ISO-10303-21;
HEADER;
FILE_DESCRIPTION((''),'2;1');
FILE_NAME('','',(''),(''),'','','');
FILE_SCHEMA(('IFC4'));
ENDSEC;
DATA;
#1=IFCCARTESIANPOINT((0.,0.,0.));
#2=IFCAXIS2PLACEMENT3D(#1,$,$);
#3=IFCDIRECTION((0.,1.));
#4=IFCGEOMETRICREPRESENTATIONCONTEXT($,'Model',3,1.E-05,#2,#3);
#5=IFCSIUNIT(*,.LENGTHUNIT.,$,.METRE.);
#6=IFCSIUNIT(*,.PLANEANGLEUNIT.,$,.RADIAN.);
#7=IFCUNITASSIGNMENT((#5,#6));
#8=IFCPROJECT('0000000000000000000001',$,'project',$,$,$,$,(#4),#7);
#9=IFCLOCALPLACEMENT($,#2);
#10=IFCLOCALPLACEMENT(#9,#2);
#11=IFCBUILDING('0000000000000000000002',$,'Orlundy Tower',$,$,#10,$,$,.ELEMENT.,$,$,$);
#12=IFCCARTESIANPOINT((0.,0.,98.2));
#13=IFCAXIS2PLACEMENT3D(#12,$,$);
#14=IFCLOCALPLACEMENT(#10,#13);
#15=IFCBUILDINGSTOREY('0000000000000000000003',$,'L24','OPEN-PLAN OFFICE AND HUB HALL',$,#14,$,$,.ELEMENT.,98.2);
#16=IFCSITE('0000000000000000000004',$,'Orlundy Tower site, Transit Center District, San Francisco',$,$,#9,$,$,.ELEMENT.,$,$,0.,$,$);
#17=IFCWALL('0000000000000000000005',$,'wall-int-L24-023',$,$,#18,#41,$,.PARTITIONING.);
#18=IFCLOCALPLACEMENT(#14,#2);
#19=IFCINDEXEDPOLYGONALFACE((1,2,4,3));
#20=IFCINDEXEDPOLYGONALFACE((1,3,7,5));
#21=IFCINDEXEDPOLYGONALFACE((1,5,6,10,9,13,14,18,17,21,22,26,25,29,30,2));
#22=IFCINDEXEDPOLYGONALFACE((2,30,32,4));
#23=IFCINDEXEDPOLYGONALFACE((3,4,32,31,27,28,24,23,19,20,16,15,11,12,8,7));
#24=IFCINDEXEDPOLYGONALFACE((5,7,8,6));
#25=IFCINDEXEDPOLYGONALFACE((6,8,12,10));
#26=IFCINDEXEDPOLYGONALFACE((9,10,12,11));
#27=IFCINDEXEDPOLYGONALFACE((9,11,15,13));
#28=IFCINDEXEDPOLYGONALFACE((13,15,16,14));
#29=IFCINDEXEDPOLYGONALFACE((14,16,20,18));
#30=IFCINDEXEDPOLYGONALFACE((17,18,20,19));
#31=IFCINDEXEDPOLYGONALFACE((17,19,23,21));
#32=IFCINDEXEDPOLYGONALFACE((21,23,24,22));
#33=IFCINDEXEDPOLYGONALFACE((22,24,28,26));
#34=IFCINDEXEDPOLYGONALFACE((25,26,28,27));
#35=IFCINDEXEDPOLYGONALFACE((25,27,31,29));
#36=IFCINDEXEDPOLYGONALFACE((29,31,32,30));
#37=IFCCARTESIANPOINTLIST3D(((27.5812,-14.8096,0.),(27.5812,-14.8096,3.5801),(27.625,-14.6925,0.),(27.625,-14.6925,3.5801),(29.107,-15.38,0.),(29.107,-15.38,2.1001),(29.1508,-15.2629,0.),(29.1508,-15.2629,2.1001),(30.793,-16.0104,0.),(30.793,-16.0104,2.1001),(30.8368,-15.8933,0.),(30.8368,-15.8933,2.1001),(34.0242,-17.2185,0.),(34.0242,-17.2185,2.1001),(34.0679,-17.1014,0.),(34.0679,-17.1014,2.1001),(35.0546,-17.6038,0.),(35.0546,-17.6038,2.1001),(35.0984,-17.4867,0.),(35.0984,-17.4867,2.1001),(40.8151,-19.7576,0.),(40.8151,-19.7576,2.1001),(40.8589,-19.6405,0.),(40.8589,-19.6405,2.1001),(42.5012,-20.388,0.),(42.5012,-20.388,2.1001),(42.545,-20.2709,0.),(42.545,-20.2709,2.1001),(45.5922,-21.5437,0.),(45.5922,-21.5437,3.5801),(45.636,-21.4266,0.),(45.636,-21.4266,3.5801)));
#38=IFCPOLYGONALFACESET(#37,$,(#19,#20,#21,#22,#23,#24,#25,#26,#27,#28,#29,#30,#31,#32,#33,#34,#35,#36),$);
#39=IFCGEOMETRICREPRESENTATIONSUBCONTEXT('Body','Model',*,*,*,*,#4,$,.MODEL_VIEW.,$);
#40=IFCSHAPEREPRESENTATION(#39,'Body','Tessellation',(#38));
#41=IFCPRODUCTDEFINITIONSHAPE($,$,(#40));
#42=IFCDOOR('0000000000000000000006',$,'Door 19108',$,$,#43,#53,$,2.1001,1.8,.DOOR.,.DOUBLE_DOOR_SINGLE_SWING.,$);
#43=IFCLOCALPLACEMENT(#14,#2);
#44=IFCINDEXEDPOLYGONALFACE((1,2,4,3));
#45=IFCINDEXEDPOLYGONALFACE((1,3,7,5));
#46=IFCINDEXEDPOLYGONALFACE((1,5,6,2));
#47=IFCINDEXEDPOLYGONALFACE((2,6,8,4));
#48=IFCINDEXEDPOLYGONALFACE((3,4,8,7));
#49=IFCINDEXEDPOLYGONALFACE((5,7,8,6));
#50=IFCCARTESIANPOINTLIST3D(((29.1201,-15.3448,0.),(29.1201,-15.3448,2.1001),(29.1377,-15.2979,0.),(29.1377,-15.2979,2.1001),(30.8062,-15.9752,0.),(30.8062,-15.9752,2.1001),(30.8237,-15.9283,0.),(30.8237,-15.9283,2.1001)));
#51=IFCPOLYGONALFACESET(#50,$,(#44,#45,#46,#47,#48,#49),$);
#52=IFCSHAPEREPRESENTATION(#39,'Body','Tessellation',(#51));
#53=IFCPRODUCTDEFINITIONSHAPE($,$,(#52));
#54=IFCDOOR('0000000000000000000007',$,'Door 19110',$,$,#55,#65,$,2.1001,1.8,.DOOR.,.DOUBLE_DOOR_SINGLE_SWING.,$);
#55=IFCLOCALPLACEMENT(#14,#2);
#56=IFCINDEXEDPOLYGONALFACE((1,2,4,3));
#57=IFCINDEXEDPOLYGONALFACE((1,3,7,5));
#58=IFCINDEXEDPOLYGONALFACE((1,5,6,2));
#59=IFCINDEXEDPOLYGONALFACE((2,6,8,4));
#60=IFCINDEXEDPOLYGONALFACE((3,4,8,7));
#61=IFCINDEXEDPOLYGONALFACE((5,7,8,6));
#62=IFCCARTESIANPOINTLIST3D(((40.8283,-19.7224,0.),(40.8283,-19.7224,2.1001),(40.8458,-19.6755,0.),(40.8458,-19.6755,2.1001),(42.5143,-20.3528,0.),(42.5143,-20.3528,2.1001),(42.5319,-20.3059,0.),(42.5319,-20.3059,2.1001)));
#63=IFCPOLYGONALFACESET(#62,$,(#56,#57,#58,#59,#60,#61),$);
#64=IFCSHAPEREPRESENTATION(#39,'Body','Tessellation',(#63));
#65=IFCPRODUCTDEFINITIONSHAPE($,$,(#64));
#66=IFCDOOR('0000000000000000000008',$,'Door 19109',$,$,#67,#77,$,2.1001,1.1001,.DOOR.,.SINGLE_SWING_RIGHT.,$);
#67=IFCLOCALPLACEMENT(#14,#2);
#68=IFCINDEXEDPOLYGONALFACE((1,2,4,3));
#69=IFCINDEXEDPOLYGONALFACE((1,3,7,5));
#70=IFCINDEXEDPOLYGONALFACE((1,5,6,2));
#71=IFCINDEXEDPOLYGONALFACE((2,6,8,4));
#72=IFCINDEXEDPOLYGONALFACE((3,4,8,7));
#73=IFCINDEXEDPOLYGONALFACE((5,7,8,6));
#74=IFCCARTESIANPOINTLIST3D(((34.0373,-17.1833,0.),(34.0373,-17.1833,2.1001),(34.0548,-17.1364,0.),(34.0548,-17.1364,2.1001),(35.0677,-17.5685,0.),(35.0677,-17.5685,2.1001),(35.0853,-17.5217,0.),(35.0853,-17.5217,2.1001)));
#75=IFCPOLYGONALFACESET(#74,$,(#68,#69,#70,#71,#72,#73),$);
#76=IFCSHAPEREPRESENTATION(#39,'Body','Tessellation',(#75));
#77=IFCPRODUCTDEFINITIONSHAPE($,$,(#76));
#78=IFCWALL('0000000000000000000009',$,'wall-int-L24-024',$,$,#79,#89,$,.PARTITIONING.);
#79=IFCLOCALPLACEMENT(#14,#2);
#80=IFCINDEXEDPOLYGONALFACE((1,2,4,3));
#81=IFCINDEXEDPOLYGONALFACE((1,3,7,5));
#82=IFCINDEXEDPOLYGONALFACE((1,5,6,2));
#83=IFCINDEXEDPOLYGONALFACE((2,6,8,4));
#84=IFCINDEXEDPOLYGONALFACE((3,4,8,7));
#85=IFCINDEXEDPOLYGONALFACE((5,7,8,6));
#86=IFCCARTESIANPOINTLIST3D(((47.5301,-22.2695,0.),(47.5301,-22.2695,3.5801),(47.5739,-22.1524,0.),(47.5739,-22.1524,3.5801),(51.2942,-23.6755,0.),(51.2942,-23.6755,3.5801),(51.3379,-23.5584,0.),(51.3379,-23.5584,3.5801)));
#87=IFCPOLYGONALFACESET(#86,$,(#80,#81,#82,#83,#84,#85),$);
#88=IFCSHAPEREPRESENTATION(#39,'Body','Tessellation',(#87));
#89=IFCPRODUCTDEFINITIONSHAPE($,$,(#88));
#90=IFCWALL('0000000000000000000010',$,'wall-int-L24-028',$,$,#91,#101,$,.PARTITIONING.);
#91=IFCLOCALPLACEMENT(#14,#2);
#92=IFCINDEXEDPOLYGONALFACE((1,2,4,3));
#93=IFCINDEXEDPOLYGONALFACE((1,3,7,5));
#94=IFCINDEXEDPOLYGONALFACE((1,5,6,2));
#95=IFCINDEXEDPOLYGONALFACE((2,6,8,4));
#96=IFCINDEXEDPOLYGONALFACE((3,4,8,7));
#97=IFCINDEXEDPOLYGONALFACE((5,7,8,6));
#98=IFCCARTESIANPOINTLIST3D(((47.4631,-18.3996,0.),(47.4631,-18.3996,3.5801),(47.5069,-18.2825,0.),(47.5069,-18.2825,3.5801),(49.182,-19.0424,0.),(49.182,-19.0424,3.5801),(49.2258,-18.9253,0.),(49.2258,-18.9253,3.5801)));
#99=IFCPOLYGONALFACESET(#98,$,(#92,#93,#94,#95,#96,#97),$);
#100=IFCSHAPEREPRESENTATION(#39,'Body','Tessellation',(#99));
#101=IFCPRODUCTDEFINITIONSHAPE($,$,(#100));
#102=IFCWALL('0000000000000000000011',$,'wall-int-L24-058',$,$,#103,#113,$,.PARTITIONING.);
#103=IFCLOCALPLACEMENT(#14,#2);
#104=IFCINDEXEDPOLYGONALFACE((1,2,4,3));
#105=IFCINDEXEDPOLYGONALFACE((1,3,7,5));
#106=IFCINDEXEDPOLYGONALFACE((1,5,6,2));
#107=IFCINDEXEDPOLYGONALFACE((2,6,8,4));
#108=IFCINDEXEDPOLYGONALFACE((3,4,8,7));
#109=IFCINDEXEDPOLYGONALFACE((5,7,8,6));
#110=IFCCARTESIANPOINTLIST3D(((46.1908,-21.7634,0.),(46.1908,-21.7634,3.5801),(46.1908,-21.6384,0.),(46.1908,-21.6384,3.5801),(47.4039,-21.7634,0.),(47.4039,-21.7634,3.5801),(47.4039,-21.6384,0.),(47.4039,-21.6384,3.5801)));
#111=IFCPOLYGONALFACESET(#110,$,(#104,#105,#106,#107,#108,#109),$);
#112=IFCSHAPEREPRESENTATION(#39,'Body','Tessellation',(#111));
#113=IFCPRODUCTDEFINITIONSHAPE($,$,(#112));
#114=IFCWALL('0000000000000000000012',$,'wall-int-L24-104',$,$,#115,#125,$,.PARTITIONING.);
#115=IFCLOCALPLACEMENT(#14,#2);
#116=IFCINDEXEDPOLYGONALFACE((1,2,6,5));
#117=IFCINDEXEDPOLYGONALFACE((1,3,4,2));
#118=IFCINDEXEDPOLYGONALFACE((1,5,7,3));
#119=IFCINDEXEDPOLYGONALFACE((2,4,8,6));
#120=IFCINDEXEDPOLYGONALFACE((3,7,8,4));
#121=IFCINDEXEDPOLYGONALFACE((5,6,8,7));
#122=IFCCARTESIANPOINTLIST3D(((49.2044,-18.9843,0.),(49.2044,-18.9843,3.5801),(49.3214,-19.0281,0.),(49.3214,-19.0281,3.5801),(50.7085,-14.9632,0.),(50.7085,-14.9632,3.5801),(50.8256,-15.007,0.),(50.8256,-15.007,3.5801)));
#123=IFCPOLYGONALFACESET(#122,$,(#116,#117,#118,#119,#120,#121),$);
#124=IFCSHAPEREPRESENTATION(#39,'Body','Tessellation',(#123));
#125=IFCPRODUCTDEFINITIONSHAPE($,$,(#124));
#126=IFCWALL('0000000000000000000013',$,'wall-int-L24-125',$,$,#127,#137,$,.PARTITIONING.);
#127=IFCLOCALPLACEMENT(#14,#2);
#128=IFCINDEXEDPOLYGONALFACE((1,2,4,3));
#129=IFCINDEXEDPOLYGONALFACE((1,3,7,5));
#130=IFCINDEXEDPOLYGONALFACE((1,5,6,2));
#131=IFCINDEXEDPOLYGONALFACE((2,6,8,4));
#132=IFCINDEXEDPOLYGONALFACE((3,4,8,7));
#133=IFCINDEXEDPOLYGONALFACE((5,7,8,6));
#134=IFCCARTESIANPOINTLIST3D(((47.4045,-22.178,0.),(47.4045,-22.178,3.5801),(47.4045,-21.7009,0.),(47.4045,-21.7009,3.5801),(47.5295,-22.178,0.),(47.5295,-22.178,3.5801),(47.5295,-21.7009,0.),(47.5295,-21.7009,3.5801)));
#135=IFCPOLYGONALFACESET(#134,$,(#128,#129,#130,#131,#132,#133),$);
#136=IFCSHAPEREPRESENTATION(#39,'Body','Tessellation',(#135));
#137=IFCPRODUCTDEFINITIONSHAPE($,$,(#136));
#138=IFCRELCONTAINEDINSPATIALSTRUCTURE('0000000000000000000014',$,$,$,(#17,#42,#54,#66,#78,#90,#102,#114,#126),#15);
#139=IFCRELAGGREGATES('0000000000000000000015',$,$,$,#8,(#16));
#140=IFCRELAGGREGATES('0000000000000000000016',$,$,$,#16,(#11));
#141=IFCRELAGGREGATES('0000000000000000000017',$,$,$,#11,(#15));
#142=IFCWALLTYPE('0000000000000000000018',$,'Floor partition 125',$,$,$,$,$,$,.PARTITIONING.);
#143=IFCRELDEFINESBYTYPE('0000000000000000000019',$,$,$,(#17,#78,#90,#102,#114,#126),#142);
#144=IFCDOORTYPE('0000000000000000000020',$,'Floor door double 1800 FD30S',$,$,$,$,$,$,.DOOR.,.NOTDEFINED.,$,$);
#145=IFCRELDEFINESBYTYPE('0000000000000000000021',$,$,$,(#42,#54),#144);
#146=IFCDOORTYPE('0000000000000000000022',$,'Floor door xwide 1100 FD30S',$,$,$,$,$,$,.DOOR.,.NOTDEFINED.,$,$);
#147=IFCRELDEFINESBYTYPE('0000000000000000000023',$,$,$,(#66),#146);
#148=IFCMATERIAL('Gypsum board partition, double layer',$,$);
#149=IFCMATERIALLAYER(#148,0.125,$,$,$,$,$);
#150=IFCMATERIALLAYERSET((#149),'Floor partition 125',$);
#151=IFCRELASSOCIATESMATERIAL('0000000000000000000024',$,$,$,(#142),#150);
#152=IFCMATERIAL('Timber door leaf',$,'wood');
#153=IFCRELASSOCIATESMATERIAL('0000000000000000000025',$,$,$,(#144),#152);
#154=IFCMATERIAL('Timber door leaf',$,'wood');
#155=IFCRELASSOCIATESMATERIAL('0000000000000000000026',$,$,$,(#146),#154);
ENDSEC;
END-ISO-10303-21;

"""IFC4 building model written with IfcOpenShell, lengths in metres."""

from ifc_helpers import new_model, si_unit, direction, frame, frame_2d, origin, place, context, subcontext, project, spatial, rectangle, extrude, material, layer, layer_set, type_object, element, fill, save


model = new_model("IFC4")

# Units and contexts
model_context = context("Model", 3, precision=1e-05, world=origin(), true_north=direction((0.0, 1.0)))
body_context = subcontext(model_context, "Body", "Model", "MODEL_VIEW")
ifc_project = project(units=[si_unit("LENGTHUNIT", "METRE"), si_unit("PLANEANGLEUNIT", "RADIAN")], contexts=[model_context])

# Site, building, storey
site_placement = place(None, origin())
site = spatial("IfcSite", under=ifc_project, at=site_placement, Name="Orlundy Tower site, Transit Center District, San Francisco", CompositionType="ELEMENT", RefElevation=0.0)
building_placement = place(site_placement, origin())
building = spatial("IfcBuilding", under=site, at=building_placement, Name="Orlundy Tower", CompositionType="ELEMENT")
storey_placement = place(building_placement, frame((0.0, 0.0, 98.2)))
storey = spatial("IfcBuildingStorey", under=building, at=storey_placement, Name="L24", Description="OPEN-PLAN OFFICE AND HUB HALL", CompositionType="ELEMENT", Elevation=98.2)

# Shared definitions
ifc_material_1 = material(Name="Gypsum board partition, double layer")
ifc_layer_1 = layer(ifc_material_1, 0.125)
ifc_layer_set_1 = layer_set([ifc_layer_1], Name="Floor partition 125")
wall_type_1 = type_object("IfcWallType", Name="Floor partition 125", PredefinedType="PARTITIONING", material=ifc_layer_set_1)

# Wall, openings, doors
wall_1_placement = place(storey_placement, frame((45.614, -21.4851, 0.0), z_axis=(0.0, 0.0, 1.0), x_axis=(-0.936671, 0.350212, 0.0)))
wall_1 = element("IfcWall", 1, at=wall_1_placement, inside=storey, type_object=wall_type_1, Name="wall-int-L24-023", PredefinedType="PARTITIONING", context=body_context, shape_type="SweptSolid", body=[
    extrude(rectangle(XDim=19.2288, YDim=0.125, at=frame_2d((9.6143, 0.0))), origin(), (0.0, 0.0, 1.0), 3.5801),
])
opening_1_placement = place(wall_1_placement, frame((15.7998, 0.0, 0.0)))
opening_1 = element("IfcOpeningElement", 2, at=opening_1_placement, cuts=wall_1, PredefinedType="OPENING", context=body_context, shape_type="SweptSolid", body=[
    extrude(rectangle(XDim=1.8, YDim=2.1001, at=frame_2d((0.8999, 1.05))), frame((0.0, 0.0725, 0.0), z_axis=(0.0, -1.0, 0.0), x_axis=(1.0, 0.0, 0.0)), (0.0, 0.0, 1.0), 0.145),
])
opening_2_placement = place(wall_1_placement, frame((11.25, 0.0, 0.0)))
opening_2 = element("IfcOpeningElement", 3, at=opening_2_placement, cuts=wall_1, PredefinedType="OPENING", context=body_context, shape_type="SweptSolid", body=[
    extrude(rectangle(XDim=1.1001, YDim=2.1001, at=frame_2d((0.55, 1.05))), frame((0.0, 0.0725, 0.0), z_axis=(0.0, -1.0, 0.0), x_axis=(1.0, 0.0, 0.0)), (0.0, 0.0, 1.0), 0.145),
])
opening_3_placement = place(wall_1_placement, frame((3.3, 0.0, 0.0)))
opening_3 = element("IfcOpeningElement", 4, at=opening_3_placement, cuts=wall_1, PredefinedType="OPENING", context=body_context, shape_type="SweptSolid", body=[
    extrude(rectangle(XDim=1.8, YDim=2.1001, at=frame_2d((0.8999, 1.05))), frame((0.0, 0.0725, 0.0), z_axis=(0.0, -1.0, 0.0), x_axis=(1.0, 0.0, 0.0)), (0.0, 0.0, 1.0), 0.145),
])
ifc_material_2 = material(Name="Timber door leaf", Category="wood")
door_type_1 = type_object("IfcDoorType", Name="Floor door double 1800 FD30S", OperationType="NOTDEFINED", PredefinedType="DOOR", material=ifc_material_2)
door_1_placement = place(opening_1_placement, origin())
door_1 = element("IfcDoor", 5, at=door_1_placement, inside=storey, type_object=door_type_1, Name="Door 19108", OperationType="DOUBLE_DOOR_SINGLE_SWING", OverallHeight=2.1001, OverallWidth=1.8, PredefinedType="DOOR", context=body_context, shape_type="SweptSolid", body=[
    extrude(rectangle(XDim=1.8, YDim=2.1001, at=frame_2d((0.8999, 1.05))), frame((0.0, 0.0249, 0.0), z_axis=(0.0, -1.0, 0.0), x_axis=(1.0, 0.0, 0.0)), (0.0, 0.0, 1.0), 0.05),
])
fill(opening_1, door_1)
door_2_placement = place(opening_3_placement, origin())
door_2 = element("IfcDoor", 6, at=door_2_placement, inside=storey, type_object=door_type_1, Name="Door 19110", OperationType="DOUBLE_DOOR_SINGLE_SWING", OverallHeight=2.1001, OverallWidth=1.8, PredefinedType="DOOR", context=body_context, shape_type="SweptSolid", body=[
    extrude(rectangle(XDim=1.8, YDim=2.1001, at=frame_2d((0.8999, 1.05))), frame((0.0, 0.0249, 0.0), z_axis=(0.0, -1.0, 0.0), x_axis=(1.0, 0.0, 0.0)), (0.0, 0.0, 1.0), 0.05),
])
fill(opening_3, door_2)
ifc_material_3 = material(Name="Timber door leaf", Category="wood")
door_type_2 = type_object("IfcDoorType", Name="Floor door xwide 1100 FD30S", OperationType="NOTDEFINED", PredefinedType="DOOR", material=ifc_material_3)
door_3_placement = place(opening_2_placement, origin())
door_3 = element("IfcDoor", 7, at=door_3_placement, inside=storey, type_object=door_type_2, Name="Door 19109", OperationType="SINGLE_SWING_RIGHT", OverallHeight=2.1001, OverallWidth=1.1001, PredefinedType="DOOR", context=body_context, shape_type="SweptSolid", body=[
    extrude(rectangle(XDim=1.1001, YDim=2.1001, at=frame_2d((0.55, 1.05))), frame((0.0, 0.0249, 0.0), z_axis=(0.0, -1.0, 0.0), x_axis=(1.0, 0.0, 0.0)), (0.0, 0.0, 1.0), 0.05),
])
fill(opening_2, door_3)

# Walls
wall_2_placement = place(storey_placement, frame((47.552, -22.2109, 0.0), z_axis=(0.0, 0.0, 1.0), x_axis=(0.936775, -0.349931, 0.0)))
element("IfcWall", 8, at=wall_2_placement, inside=storey, type_object=wall_type_1, Name="wall-int-L24-024", PredefinedType="PARTITIONING", context=body_context, shape_type="SweptSolid", body=[
    extrude(rectangle(XDim=4.0181, YDim=0.125, at=frame_2d((2.009, 0.0))), origin(), (0.0, 0.0, 1.0), 3.5801),
])
wall_3_placement = place(storey_placement, frame((47.4851, -18.3411, 0.0), z_axis=(0.0, 0.0, 1.0), x_axis=(0.936651, -0.350263, 0.0)))
element("IfcWall", 9, at=wall_3_placement, inside=storey, type_object=wall_type_1, Name="wall-int-L24-028", PredefinedType="PARTITIONING", context=body_context, shape_type="SweptSolid", body=[
    extrude(rectangle(XDim=1.8352, YDim=0.125, at=frame_2d((0.9175, 0.0))), origin(), (0.0, 0.0, 1.0), 3.5801),
])
wall_4_placement = place(storey_placement, frame((46.1909, -21.7009, 0.0), z_axis=(0.0, 0.0, 1.0), x_axis=(1.0, 0.0, 0.0)))
element("IfcWall", 10, at=wall_4_placement, inside=storey, type_object=wall_type_1, Name="wall-int-L24-058", PredefinedType="PARTITIONING", context=body_context, shape_type="SweptSolid", body=[
    extrude(rectangle(XDim=1.2131, YDim=0.125, at=frame_2d((0.6064, 0.0))), origin(), (0.0, 0.0, 1.0), 3.5801),
])
wall_5_placement = place(storey_placement, frame((49.2629, -19.0061, 0.0), z_axis=(0.0, 0.0, 1.0), x_axis=(0.350363, 0.936614, 0.0)))
element("IfcWall", 11, at=wall_5_placement, inside=storey, type_object=wall_type_1, Name="wall-int-L24-104", PredefinedType="PARTITIONING", context=body_context, shape_type="SweptSolid", body=[
    extrude(rectangle(XDim=4.2932, YDim=0.125, at=frame_2d((2.1465, 0.0))), origin(), (0.0, 0.0, 1.0), 3.5801),
])
wall_6_placement = place(storey_placement, frame((47.467, -22.178, 0.0), z_axis=(0.0, 0.0, 1.0), x_axis=(0.0, 1.0, 0.0)))
element("IfcWall", 12, at=wall_6_placement, inside=storey, type_object=wall_type_1, Name="wall-int-L24-125", PredefinedType="PARTITIONING", context=body_context, shape_type="SweptSolid", body=[
    extrude(rectangle(XDim=0.4771, YDim=0.125, at=frame_2d((0.2385, 0.0))), origin(), (0.0, 0.0, 1.0), 3.5801),
])

save(model, "model.ifc")
